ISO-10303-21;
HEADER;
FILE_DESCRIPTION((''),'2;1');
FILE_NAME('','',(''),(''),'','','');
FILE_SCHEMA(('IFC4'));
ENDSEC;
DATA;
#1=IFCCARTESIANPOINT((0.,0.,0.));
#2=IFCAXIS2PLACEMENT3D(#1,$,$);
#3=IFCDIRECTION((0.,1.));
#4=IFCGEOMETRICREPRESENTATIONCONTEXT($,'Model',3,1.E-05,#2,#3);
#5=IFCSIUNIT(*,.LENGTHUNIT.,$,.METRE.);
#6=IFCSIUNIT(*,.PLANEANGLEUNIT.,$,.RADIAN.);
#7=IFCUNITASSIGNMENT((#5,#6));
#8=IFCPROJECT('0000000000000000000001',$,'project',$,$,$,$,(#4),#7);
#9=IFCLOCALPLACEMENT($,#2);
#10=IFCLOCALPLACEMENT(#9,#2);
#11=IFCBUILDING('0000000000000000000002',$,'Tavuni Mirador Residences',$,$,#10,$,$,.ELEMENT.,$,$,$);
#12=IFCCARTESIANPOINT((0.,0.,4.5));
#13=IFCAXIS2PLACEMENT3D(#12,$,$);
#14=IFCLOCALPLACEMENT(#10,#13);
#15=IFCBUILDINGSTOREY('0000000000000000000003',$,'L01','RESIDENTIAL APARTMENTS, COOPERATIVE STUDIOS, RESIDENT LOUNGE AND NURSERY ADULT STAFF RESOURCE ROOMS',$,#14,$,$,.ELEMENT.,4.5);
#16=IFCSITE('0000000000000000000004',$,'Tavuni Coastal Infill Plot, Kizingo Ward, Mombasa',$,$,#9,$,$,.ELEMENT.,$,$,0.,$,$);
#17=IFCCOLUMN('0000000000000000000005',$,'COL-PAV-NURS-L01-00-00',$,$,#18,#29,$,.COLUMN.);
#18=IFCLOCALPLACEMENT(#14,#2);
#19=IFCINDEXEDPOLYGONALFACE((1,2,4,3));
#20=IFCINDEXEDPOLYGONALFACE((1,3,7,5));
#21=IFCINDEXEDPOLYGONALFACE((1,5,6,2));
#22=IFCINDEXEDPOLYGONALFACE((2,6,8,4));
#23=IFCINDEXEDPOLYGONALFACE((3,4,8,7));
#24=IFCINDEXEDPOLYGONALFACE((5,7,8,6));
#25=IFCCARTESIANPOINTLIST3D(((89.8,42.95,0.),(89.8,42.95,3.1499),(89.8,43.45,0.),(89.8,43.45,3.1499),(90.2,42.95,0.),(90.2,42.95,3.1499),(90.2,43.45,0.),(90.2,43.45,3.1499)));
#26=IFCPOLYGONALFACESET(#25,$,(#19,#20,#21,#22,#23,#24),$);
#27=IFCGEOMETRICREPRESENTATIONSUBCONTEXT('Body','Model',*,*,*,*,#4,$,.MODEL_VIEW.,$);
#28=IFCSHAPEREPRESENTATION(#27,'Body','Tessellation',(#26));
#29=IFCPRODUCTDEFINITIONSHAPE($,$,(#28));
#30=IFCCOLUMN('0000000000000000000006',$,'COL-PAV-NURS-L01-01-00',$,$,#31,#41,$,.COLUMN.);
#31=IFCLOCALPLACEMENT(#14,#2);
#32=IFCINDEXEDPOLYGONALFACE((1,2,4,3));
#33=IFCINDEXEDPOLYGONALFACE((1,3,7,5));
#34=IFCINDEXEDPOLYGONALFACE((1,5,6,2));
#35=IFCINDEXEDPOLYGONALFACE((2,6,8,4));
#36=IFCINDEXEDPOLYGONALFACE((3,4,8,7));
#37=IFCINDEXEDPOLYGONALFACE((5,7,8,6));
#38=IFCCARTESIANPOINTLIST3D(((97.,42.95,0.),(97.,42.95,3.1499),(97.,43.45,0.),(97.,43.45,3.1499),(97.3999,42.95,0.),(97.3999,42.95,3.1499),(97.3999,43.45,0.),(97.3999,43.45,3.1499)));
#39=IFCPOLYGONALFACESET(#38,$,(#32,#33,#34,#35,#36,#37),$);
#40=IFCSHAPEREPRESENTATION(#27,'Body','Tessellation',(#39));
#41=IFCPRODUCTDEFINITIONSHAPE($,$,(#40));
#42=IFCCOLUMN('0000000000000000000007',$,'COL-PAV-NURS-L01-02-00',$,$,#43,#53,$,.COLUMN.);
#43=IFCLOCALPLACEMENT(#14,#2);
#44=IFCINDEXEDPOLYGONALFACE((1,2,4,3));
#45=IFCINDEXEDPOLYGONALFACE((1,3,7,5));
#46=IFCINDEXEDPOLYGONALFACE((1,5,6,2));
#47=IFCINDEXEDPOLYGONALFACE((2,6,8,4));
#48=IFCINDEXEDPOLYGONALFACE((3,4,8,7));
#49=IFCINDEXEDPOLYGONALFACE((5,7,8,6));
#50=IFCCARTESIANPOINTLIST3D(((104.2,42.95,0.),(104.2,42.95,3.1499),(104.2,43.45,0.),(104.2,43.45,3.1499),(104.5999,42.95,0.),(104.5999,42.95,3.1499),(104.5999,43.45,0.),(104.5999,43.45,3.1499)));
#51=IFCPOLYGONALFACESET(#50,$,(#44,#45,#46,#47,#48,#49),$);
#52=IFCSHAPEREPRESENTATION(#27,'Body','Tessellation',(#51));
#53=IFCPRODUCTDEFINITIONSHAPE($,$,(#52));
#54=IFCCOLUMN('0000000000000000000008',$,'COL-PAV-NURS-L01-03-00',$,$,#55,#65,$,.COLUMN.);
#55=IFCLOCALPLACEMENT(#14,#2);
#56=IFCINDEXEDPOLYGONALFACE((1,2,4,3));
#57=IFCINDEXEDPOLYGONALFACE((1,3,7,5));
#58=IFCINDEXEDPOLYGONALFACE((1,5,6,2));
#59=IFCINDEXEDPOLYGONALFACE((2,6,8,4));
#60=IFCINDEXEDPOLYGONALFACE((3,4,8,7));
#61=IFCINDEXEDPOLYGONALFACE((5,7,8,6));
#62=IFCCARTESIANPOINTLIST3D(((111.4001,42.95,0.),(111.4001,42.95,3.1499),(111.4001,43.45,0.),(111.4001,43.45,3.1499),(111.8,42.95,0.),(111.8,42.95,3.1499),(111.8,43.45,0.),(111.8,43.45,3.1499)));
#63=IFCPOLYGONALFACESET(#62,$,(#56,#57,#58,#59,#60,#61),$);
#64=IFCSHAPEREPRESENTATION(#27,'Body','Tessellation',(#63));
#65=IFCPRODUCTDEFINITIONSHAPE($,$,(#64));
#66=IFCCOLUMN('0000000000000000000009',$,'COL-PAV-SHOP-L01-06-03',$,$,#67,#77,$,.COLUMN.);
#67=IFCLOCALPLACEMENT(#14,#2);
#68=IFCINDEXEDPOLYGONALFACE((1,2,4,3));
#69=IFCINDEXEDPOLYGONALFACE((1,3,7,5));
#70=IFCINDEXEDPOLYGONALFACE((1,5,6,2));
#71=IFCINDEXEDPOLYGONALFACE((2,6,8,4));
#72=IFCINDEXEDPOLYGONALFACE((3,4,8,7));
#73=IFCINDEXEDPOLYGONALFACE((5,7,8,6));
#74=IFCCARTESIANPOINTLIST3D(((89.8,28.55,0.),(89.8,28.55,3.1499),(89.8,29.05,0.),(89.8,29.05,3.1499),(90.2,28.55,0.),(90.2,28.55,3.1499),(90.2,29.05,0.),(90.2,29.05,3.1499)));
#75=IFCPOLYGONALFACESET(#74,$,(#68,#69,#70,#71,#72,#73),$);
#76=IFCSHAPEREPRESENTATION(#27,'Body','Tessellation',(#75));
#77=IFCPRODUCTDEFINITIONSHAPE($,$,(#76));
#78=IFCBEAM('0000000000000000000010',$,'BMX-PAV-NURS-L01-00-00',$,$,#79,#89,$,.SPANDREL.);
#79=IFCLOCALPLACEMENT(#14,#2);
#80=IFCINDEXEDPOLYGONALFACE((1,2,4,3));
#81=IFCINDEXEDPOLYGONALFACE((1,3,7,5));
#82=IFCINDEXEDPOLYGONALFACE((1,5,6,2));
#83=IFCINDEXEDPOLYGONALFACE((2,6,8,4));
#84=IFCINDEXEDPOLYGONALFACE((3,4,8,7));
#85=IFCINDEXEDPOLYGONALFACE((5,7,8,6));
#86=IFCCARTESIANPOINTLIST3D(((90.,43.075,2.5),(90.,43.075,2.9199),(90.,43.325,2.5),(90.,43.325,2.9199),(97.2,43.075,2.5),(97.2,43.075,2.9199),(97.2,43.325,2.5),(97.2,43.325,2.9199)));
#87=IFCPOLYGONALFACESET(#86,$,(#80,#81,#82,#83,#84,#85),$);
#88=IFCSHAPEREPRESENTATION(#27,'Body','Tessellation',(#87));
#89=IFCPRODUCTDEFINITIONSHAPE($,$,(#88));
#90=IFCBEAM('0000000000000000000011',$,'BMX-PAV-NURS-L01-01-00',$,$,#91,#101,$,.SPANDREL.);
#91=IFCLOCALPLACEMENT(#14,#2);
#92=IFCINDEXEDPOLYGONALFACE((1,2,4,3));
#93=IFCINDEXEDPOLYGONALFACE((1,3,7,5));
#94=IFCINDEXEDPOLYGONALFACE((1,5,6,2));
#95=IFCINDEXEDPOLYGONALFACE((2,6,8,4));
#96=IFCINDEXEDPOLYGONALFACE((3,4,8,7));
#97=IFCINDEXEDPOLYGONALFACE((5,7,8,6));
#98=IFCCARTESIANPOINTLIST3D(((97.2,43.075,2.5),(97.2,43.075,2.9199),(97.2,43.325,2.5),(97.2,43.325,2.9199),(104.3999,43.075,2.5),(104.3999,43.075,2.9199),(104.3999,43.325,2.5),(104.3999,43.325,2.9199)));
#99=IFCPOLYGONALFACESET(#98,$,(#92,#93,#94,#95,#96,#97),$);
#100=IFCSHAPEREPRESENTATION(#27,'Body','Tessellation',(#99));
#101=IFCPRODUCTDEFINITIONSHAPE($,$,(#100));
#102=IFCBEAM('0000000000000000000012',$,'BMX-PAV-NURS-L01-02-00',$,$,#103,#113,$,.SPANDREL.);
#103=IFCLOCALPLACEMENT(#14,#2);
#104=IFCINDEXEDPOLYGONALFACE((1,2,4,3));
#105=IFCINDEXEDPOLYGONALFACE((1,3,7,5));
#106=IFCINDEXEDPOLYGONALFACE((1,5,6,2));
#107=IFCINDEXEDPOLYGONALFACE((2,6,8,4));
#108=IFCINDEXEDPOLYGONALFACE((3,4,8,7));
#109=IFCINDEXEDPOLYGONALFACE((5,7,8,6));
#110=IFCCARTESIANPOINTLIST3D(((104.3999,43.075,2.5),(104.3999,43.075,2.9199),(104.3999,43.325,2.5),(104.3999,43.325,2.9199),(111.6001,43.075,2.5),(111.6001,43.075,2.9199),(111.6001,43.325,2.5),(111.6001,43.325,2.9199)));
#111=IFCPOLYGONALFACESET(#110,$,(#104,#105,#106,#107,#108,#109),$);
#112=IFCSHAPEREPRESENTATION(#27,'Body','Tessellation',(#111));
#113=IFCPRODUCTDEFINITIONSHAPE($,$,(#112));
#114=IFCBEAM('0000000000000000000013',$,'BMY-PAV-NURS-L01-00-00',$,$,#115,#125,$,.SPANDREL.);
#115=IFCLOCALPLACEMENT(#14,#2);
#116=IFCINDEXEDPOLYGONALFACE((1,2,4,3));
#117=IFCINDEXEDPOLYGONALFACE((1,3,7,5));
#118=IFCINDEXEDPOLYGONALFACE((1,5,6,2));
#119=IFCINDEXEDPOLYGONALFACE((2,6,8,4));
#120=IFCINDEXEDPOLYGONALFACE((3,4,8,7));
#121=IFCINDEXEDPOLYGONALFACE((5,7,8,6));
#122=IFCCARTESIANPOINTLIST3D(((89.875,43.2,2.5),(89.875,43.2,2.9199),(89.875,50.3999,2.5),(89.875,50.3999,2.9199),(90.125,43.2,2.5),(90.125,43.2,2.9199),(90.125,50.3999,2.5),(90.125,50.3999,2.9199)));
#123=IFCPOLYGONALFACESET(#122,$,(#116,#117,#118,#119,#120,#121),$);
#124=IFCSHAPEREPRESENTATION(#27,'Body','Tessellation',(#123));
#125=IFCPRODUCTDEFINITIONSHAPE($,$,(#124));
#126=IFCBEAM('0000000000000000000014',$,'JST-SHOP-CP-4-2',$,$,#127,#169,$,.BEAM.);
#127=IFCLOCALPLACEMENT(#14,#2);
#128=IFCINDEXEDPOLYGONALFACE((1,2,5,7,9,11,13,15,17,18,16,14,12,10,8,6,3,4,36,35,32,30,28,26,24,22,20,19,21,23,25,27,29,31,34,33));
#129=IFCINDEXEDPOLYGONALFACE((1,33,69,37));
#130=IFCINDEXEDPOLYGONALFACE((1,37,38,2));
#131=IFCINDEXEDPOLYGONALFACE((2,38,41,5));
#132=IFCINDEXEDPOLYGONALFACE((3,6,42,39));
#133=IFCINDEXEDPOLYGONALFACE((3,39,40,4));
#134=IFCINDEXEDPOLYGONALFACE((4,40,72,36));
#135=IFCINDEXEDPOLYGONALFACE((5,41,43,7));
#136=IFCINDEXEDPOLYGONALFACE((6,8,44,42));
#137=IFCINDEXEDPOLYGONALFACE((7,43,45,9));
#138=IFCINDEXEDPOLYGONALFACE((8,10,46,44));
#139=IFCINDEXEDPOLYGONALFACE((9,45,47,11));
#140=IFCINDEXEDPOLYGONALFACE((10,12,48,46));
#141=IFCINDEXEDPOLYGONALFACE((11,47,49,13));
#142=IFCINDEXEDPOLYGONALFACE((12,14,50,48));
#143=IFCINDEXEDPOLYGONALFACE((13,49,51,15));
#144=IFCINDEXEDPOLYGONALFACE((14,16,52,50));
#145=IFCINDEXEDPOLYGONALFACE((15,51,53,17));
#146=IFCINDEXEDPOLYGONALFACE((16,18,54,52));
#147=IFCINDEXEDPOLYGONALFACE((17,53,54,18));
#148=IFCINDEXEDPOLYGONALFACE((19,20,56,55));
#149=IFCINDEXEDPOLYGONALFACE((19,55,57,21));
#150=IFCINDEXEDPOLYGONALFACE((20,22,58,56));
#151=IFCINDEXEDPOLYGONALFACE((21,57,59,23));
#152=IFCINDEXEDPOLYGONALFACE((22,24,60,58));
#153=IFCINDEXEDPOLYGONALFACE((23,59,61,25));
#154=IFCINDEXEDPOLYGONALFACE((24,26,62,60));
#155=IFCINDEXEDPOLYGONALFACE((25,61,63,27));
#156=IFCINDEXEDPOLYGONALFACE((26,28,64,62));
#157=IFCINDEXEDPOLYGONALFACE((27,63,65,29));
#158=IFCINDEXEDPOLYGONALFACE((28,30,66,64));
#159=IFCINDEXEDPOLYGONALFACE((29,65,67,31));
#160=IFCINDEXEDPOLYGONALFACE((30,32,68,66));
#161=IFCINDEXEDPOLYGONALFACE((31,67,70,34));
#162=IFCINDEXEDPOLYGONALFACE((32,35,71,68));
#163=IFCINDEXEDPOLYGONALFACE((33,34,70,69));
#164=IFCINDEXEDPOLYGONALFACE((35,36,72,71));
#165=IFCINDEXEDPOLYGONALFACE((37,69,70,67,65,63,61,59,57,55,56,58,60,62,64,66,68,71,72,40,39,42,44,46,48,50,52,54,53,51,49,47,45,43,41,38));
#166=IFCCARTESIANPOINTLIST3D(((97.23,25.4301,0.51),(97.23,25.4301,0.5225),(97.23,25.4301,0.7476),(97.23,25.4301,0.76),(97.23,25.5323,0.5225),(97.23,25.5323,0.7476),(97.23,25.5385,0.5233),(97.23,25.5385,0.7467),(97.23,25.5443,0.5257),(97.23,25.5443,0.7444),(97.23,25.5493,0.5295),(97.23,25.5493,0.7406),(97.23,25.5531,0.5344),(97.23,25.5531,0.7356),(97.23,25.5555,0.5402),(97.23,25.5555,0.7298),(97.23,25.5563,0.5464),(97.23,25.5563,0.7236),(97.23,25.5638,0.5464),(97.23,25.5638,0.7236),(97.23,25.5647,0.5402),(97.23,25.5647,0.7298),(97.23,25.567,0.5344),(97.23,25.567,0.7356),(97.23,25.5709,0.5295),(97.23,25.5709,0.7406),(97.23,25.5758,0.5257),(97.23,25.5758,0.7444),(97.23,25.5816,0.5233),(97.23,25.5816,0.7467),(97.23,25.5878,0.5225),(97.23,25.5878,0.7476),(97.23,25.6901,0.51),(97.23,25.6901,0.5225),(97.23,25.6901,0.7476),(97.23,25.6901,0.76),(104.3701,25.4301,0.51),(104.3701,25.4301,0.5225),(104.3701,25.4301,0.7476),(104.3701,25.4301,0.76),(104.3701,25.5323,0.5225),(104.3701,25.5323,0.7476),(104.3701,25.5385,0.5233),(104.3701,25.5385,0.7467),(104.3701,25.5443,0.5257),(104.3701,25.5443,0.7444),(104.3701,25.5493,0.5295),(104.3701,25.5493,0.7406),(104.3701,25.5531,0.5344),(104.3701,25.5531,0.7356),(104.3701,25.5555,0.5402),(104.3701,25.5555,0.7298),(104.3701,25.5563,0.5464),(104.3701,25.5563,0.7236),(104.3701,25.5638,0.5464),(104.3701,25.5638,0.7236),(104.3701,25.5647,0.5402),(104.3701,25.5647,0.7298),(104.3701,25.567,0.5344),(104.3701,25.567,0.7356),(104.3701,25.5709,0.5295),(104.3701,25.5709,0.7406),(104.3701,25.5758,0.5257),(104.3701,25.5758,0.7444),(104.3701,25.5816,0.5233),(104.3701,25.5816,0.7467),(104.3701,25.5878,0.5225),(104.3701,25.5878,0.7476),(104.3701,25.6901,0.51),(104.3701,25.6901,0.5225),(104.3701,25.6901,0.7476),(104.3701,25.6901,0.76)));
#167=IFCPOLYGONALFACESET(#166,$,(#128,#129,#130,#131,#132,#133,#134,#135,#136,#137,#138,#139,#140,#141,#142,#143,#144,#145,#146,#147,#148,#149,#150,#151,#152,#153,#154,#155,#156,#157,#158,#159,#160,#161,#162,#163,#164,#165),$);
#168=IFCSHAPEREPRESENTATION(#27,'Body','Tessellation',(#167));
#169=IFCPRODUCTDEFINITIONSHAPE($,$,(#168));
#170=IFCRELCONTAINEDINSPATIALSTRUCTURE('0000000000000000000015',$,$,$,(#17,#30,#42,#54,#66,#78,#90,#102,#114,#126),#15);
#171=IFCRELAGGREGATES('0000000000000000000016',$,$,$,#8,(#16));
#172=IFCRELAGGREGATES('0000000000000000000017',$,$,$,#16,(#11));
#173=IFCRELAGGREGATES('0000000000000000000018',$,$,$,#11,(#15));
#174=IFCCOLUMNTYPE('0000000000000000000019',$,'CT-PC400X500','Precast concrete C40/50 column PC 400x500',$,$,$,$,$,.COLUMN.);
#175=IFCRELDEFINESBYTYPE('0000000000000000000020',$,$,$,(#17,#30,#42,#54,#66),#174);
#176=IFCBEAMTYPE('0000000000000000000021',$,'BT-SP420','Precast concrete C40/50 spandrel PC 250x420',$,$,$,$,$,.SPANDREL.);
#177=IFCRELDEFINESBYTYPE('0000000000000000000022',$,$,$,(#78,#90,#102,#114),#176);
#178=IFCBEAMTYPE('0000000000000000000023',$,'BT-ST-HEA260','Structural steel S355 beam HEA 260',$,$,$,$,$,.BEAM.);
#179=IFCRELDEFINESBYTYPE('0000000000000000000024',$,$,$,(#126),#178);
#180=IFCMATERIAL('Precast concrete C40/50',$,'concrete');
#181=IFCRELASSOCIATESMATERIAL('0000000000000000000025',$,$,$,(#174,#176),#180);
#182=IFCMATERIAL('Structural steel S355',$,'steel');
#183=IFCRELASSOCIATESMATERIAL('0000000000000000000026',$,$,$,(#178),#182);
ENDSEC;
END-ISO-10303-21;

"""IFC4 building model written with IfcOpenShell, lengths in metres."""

from ifc_helpers import new_model, si_unit, direction, frame, origin, origin_2d, place, context, subcontext, project, spatial, rectangle, i_section, extrude, material, material_profile, profile_set, type_object, element, save


model = new_model("IFC4")

# Units and contexts
model_context = context("Model", 3, precision=1e-05, world=origin(), true_north=direction((0.0, 1.0)))
body_context = subcontext(model_context, "Body", "Model", "MODEL_VIEW")
ifc_project = project(units=[si_unit("LENGTHUNIT", "METRE"), si_unit("PLANEANGLEUNIT", "RADIAN")], contexts=[model_context])

# Site, building, storey
site_placement = place(None, origin())
site = spatial("IfcSite", under=ifc_project, at=site_placement, Name="Tavuni Coastal Infill Plot, Kizingo Ward, Mombasa", CompositionType="ELEMENT", RefElevation=0.0)
building_placement = place(site_placement, origin())
building = spatial("IfcBuilding", under=site, at=building_placement, Name="Tavuni Mirador Residences", CompositionType="ELEMENT")
storey_placement = place(building_placement, frame((0.0, 0.0, 4.5)))
storey = spatial("IfcBuildingStorey", under=building, at=storey_placement, Name="L01", Description="RESIDENTIAL APARTMENTS, COOPERATIVE STUDIOS, RESIDENT LOUNGE AND NURSERY ADULT STAFF RESOURCE ROOMS", CompositionType="ELEMENT", Elevation=4.5)

# Columns
ifc_material_1 = material(Name="Precast concrete C40/50", Category="concrete")
ifc_material_profile_1 = material_profile(ifc_material_1, rectangle(XDim=0.3999, YDim=0.5, at=origin_2d()), Name="PC 400x500", Category="concrete")
ifc_profile_set_1 = profile_set([ifc_material_profile_1], Name="Precast concrete C40/50")
column_type = type_object("IfcColumnType", Name="CT-PC400X500", Description="Precast concrete C40/50 column PC 400x500", PredefinedType="COLUMN", material=ifc_profile_set_1)
for number, where, z_axis, x_axis, name in (
    (1, (90.0, 43.2, 0.0), (0.0, 0.0, 1.0), (1.0, 0.0, 0.0), "COL-PAV-NURS-L01-00-00"),
    (2, (97.2, 43.2, 0.0), (0.0, 0.0, 1.0), (1.0, 0.0, 0.0), "COL-PAV-NURS-L01-01-00"),
    (3, (104.3999, 43.2, 0.0), (0.0, 0.0, 1.0), (1.0, 0.0, 0.0), "COL-PAV-NURS-L01-02-00"),
    (4, (111.6001, 43.2, 0.0), (0.0, 0.0, 1.0), (1.0, 0.0, 0.0), "COL-PAV-NURS-L01-03-00"),
    (5, (90.0, 28.8, 0.0), (0.0, 0.0, 1.0), (1.0, 0.0, 0.0), "COL-PAV-SHOP-L01-06-03"),
):
    element("IfcColumn", number, at=place(storey_placement, frame(where, z_axis=z_axis, x_axis=x_axis)), inside=storey, type_object=column_type, Name=name, PredefinedType="COLUMN", context=body_context, shape_type="SweptSolid", body=[
        extrude(rectangle(XDim=0.3999, YDim=0.5, at=origin_2d()), origin(), (0.0, 0.0, 1.0), 3.1499),
    ])

# Beams
ifc_material_profile_2 = material_profile(ifc_material_1, rectangle(XDim=0.25, YDim=0.4199, at=origin_2d()), Name="PC 250x420", Category="concrete")
ifc_profile_set_2 = profile_set([ifc_material_profile_2], Name="Precast concrete C40/50")
beam_type_1 = type_object("IfcBeamType", Name="BT-SP420", Description="Precast concrete C40/50 spandrel PC 250x420", PredefinedType="SPANDREL", material=ifc_profile_set_2)
for number, where, z_axis, x_axis, name in (
    (6, (90.0, 43.2, 2.71), (1.0, 0.0, 0.0), (0.0, 1.0, 0.0), "BMX-PAV-NURS-L01-00-00"),
    (7, (97.2, 43.2, 2.71), (1.0, 0.0, 0.0), (0.0, 1.0, 0.0), "BMX-PAV-NURS-L01-01-00"),
):
    element("IfcBeam", number, at=place(storey_placement, frame(where, z_axis=z_axis, x_axis=x_axis)), inside=storey, type_object=beam_type_1, Name=name, PredefinedType="SPANDREL", context=body_context, shape_type="SweptSolid", body=[
        extrude(rectangle(XDim=0.25, YDim=0.4199, at=origin_2d()), origin(), (0.0, 0.0, 1.0), 7.2),
    ])
beam_1_placement = place(storey_placement, frame((104.3999, 43.2, 2.71), z_axis=(1.0, 0.0, 0.0), x_axis=(0.0, 1.0, 0.0)))
element("IfcBeam", 8, at=beam_1_placement, inside=storey, type_object=beam_type_1, Name="BMX-PAV-NURS-L01-02-00", PredefinedType="SPANDREL", context=body_context, shape_type="SweptSolid", body=[
    extrude(rectangle(XDim=0.25, YDim=0.4199, at=origin_2d()), origin(), (0.0, 0.0, 1.0), 7.2002),
])
beam_2_placement = place(storey_placement, frame((90.0, 43.2, 2.71), z_axis=(0.0, 1.0, 0.0), x_axis=(-1.0, 0.0, 0.0)))
element("IfcBeam", 9, at=beam_2_placement, inside=storey, type_object=beam_type_1, Name="BMY-PAV-NURS-L01-00-00", PredefinedType="SPANDREL", context=body_context, shape_type="SweptSolid", body=[
    extrude(rectangle(XDim=0.25, YDim=0.4199, at=origin_2d()), origin(), (0.0, 0.0, 1.0), 7.2),
])
ifc_material_2 = material(Name="Structural steel S355", Category="steel")
ifc_material_profile_3 = material_profile(ifc_material_2, i_section(OverallWidth=0.26, OverallDepth=0.25, WebThickness=0.0076, FlangeThickness=0.0125, FilletRadius=0.0239, at=origin_2d()), Name="HEA 260", Category="steel")
ifc_profile_set_3 = profile_set([ifc_material_profile_3], Name="Structural steel S355")
beam_type_2 = type_object("IfcBeamType", Name="BT-ST-HEA260", Description="Structural steel S355 beam HEA 260", PredefinedType="BEAM", material=ifc_profile_set_3)
beam_3_placement = place(storey_placement, frame((97.23, 25.5601, 0.635), z_axis=(1.0, 0.0, 0.0), x_axis=(0.0, 1.0, 0.0)))
element("IfcBeam", 10, at=beam_3_placement, inside=storey, type_object=beam_type_2, Name="JST-SHOP-CP-4-2", PredefinedType="BEAM", context=body_context, shape_type="SweptSolid", body=[
    extrude(i_section(OverallWidth=0.26, OverallDepth=0.25, WebThickness=0.0076, FlangeThickness=0.0125, FilletRadius=0.0239, at=origin_2d()), origin(), (0.0, 0.0, 1.0), 7.1401),
])

save(model, "model.ifc")
